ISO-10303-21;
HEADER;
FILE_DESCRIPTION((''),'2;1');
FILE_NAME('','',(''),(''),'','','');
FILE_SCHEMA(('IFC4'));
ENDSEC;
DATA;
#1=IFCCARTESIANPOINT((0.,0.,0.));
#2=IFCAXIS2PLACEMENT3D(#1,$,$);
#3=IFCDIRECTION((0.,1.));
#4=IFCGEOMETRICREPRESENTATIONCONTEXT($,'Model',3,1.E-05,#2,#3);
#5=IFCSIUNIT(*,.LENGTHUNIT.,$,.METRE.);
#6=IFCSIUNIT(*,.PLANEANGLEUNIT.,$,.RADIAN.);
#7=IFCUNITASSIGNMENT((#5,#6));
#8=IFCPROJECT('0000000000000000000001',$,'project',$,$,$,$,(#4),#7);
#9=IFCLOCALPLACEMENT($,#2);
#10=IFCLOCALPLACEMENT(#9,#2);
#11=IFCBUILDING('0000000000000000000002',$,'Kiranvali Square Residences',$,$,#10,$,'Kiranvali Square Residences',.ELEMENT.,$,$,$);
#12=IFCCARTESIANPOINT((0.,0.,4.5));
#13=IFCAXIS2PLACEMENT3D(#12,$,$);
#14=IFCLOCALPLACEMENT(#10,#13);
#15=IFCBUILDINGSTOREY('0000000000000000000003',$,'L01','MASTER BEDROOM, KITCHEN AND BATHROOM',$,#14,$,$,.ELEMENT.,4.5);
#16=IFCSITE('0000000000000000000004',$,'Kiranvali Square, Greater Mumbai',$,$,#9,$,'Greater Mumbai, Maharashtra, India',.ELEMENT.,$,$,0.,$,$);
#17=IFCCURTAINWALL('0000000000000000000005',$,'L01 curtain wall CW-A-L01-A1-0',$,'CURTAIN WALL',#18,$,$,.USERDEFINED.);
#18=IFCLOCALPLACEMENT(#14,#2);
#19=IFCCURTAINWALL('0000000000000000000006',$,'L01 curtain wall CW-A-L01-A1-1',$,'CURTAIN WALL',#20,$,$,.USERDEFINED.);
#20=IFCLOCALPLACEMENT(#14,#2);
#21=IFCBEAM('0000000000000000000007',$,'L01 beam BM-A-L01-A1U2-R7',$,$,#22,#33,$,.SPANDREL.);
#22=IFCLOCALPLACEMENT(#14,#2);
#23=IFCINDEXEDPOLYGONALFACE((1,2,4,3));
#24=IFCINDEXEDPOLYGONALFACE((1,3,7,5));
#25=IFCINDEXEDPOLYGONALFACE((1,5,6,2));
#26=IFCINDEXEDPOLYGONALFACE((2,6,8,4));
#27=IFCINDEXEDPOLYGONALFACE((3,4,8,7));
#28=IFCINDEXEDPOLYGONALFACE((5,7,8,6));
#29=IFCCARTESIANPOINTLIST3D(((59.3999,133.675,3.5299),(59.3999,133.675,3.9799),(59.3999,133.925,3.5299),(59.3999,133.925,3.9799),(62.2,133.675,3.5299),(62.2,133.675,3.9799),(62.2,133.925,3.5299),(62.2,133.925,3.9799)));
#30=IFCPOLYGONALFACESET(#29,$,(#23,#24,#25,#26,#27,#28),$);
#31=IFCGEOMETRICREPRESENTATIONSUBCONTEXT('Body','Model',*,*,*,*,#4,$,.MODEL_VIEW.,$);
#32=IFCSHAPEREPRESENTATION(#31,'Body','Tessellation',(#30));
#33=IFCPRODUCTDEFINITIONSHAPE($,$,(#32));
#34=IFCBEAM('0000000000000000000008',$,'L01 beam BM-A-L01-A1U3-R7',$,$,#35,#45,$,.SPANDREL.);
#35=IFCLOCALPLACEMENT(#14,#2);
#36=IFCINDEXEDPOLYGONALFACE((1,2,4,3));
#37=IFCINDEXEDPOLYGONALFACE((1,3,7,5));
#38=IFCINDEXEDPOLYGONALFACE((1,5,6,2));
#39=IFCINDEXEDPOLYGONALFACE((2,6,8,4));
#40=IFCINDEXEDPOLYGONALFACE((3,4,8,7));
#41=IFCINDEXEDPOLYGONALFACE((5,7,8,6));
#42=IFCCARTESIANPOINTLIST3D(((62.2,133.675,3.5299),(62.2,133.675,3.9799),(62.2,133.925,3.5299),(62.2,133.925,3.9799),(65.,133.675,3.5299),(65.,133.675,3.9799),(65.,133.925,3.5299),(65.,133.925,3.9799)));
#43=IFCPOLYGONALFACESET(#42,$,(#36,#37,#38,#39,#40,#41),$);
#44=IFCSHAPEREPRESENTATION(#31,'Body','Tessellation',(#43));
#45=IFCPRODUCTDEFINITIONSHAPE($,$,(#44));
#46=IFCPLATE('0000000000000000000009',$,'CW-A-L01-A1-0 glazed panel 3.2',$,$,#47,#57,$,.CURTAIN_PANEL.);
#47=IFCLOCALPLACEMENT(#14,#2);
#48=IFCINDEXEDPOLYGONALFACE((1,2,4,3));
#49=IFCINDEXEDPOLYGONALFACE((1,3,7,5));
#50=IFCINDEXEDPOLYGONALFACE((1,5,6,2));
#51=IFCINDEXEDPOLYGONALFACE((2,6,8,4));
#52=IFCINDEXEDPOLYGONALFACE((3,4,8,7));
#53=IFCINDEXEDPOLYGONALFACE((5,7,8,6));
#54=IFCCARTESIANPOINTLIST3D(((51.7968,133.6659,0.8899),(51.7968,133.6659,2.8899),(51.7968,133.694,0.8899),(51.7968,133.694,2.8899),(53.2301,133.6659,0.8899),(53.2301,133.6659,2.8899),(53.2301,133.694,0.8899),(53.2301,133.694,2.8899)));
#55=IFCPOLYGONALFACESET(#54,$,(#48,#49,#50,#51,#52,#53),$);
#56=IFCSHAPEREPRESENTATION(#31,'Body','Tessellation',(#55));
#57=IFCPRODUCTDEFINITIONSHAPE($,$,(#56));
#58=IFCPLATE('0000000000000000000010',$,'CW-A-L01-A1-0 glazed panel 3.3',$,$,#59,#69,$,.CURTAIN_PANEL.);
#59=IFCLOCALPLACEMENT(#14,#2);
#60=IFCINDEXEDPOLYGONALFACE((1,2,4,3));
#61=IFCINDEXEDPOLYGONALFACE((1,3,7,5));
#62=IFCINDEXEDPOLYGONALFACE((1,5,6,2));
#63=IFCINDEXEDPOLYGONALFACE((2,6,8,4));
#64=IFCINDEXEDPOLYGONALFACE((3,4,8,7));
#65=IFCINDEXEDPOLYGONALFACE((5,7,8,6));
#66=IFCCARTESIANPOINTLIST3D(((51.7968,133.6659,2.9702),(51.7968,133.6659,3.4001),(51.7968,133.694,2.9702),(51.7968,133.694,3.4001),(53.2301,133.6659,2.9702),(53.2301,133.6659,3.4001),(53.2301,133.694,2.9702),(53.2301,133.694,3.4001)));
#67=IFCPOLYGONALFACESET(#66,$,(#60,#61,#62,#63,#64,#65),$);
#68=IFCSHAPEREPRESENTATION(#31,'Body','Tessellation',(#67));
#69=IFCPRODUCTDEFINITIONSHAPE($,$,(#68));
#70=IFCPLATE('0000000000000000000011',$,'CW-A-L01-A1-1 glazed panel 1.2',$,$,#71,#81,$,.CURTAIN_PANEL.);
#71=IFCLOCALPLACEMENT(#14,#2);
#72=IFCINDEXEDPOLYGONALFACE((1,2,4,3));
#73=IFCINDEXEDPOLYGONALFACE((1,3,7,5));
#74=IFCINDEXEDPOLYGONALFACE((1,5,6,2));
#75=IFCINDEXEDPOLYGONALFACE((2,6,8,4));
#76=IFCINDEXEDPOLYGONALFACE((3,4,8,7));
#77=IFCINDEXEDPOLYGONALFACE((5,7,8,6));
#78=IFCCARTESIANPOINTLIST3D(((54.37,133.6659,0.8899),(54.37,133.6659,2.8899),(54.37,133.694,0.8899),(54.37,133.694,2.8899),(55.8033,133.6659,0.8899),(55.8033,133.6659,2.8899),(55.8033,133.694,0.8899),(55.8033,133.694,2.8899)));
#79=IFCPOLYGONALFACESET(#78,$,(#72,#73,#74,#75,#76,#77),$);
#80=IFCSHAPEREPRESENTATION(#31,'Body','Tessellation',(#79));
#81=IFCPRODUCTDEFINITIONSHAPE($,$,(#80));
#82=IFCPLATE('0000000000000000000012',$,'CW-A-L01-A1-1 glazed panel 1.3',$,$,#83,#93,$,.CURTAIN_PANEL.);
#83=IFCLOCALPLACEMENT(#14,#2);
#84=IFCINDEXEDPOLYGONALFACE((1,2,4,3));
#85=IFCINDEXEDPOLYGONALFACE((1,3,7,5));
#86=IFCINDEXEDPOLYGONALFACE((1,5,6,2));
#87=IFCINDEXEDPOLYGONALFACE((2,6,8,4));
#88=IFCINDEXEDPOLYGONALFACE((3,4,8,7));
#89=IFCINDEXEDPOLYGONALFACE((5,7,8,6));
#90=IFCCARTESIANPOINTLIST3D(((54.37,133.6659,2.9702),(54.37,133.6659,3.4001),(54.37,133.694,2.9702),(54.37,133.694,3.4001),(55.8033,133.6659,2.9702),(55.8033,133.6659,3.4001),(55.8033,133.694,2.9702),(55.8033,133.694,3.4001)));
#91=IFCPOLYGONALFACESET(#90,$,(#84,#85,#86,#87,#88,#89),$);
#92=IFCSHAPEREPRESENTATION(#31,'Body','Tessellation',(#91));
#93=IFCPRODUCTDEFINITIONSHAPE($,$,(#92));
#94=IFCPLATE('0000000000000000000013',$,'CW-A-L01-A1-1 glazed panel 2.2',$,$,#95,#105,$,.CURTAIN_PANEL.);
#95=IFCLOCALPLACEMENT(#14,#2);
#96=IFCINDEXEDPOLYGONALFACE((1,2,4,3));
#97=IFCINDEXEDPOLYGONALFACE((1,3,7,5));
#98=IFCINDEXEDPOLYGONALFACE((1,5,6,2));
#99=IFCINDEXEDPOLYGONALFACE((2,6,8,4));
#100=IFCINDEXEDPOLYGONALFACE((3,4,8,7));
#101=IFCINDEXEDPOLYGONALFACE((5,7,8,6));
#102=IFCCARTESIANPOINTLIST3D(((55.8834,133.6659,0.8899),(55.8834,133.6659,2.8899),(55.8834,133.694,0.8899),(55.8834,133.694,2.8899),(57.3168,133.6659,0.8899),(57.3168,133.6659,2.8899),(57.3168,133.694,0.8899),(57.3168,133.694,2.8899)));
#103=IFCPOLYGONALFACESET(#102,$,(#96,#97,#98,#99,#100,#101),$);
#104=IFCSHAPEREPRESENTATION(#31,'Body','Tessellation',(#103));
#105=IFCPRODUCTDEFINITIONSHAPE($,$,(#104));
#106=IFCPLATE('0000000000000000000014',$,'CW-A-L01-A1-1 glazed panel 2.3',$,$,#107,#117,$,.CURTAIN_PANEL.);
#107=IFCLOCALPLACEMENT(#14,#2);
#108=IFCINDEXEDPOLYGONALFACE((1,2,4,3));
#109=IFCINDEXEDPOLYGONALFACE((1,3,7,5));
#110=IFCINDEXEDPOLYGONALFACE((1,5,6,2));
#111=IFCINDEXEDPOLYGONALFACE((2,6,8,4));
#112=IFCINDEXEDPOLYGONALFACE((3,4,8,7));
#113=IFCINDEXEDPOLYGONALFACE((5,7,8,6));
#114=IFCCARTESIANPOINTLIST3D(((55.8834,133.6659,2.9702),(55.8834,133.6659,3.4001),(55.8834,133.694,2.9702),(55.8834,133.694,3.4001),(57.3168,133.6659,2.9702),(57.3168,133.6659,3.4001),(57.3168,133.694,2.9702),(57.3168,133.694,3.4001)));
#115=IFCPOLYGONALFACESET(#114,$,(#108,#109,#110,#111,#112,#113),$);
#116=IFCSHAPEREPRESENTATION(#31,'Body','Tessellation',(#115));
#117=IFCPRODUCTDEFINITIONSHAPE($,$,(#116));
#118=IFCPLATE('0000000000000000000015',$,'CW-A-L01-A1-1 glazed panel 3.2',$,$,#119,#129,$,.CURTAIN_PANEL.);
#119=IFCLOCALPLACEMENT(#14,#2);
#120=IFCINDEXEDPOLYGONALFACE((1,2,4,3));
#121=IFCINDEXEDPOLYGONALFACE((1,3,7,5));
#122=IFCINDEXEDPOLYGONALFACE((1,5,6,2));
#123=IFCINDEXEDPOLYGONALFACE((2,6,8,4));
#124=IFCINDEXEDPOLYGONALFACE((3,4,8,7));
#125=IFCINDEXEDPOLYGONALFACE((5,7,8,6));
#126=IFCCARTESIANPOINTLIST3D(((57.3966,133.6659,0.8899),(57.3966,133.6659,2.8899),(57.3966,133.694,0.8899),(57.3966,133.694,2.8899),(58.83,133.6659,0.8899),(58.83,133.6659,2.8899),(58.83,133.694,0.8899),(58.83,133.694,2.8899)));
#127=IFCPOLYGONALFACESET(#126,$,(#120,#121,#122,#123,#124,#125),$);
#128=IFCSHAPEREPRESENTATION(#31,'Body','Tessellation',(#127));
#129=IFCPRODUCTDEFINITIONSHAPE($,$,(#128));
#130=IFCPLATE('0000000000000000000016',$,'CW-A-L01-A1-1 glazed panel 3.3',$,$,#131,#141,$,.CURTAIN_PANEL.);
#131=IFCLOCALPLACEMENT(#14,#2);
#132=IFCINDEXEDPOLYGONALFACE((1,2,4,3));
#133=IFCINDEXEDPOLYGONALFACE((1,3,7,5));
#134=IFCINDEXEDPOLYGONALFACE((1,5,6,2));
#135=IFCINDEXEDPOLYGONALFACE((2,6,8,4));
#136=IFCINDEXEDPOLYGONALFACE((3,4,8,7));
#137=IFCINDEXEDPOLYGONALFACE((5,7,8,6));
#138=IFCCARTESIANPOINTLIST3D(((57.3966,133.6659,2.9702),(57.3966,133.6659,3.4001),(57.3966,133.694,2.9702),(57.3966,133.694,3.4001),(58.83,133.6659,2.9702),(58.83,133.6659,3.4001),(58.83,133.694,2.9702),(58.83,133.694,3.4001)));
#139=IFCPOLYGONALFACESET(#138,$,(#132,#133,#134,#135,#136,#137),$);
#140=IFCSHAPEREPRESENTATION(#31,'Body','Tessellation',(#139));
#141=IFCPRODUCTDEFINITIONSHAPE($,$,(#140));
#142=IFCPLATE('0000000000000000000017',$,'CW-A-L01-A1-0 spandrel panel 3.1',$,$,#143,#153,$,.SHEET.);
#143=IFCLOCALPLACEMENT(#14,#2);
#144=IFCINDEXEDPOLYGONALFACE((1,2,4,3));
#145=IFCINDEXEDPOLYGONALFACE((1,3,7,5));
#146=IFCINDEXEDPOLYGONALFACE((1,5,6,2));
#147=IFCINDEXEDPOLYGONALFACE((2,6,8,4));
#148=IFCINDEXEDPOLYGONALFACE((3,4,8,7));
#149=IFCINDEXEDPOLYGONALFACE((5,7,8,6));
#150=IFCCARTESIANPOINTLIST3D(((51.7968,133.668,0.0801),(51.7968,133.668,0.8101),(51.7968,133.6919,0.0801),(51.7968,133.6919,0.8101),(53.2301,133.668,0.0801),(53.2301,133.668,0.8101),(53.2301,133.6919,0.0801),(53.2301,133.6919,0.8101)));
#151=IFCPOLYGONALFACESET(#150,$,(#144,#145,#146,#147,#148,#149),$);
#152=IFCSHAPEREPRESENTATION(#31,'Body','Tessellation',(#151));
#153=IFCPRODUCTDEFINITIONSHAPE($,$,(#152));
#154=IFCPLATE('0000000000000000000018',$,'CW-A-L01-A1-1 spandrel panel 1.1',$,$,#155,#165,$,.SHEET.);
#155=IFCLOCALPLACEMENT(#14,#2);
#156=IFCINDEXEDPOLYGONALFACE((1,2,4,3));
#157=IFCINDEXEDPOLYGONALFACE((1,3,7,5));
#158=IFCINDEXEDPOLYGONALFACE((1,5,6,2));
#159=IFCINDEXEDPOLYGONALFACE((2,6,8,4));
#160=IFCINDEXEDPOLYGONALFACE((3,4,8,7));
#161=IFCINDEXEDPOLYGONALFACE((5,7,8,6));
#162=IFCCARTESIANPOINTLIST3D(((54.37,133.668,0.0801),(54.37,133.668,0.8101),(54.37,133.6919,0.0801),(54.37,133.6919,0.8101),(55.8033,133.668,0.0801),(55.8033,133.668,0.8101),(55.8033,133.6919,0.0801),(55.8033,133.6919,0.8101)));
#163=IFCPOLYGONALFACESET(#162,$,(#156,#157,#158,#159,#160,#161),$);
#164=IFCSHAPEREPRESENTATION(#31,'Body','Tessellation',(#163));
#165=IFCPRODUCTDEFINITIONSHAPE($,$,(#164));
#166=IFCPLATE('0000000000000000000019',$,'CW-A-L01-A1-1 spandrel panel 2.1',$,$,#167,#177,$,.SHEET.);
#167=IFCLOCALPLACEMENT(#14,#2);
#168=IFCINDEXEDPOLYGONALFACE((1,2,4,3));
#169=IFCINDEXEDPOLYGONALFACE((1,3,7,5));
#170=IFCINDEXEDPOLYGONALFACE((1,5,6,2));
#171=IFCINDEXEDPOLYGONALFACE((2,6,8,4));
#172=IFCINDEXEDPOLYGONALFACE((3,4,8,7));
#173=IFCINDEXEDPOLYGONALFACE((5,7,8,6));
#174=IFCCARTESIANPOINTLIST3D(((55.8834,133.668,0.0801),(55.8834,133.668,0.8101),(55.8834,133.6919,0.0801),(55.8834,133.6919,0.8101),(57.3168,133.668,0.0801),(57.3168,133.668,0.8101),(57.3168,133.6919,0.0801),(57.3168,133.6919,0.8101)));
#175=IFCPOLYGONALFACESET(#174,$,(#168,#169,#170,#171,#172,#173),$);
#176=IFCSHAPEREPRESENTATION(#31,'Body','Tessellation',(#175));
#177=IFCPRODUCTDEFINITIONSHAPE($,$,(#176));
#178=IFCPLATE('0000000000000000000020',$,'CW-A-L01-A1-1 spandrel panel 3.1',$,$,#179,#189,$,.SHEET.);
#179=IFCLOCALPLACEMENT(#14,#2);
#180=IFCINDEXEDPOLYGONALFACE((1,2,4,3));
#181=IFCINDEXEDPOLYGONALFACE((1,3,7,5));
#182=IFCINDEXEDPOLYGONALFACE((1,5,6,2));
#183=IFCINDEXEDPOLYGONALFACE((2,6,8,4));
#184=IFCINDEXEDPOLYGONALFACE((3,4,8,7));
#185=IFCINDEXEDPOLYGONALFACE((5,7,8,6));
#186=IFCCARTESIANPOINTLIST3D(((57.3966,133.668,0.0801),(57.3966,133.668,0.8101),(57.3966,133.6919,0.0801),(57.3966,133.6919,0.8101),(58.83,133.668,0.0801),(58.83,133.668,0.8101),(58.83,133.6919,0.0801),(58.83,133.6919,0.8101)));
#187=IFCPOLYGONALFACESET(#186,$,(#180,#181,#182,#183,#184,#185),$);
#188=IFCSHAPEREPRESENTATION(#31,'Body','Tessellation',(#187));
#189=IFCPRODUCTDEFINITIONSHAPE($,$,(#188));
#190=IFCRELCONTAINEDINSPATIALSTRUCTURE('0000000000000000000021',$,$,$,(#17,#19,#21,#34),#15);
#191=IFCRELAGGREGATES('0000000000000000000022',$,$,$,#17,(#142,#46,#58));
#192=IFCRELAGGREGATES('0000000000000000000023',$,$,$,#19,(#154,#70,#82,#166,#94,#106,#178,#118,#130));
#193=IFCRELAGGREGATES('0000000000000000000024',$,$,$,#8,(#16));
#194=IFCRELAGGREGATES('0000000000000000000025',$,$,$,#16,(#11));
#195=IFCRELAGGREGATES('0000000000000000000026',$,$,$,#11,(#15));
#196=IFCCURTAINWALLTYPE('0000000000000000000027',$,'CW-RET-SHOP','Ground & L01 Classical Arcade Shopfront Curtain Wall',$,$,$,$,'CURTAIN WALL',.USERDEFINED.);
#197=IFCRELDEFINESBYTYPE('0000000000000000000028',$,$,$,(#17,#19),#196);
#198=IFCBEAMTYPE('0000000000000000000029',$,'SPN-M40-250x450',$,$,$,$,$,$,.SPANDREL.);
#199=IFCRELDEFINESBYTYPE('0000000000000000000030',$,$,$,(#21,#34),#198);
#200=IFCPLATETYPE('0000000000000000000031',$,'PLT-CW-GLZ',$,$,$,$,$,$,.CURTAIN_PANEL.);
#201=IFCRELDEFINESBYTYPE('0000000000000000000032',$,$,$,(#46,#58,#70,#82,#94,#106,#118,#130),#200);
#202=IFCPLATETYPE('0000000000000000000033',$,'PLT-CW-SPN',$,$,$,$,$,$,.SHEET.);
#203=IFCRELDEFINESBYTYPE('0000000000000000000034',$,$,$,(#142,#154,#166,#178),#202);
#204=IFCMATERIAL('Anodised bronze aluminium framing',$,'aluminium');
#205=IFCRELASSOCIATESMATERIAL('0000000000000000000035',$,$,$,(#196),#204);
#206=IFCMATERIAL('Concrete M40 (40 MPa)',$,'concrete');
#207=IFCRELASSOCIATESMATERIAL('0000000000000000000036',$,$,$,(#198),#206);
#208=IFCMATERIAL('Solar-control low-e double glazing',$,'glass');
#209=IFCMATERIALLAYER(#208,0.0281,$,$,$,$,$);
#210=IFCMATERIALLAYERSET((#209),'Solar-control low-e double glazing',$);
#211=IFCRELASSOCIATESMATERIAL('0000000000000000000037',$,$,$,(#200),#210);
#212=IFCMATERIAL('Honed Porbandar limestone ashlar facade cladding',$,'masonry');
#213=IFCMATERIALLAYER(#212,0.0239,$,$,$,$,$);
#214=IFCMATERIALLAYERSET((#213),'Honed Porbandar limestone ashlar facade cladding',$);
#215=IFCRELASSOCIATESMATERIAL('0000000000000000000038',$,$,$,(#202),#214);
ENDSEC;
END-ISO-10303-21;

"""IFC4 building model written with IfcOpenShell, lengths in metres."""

from ifc_helpers import new_model, si_unit, direction, frame, origin, origin_2d, place, context, subcontext, project, spatial, rectangle, extrude, material, layer, layer_set, material_profile, profile_set, type_object, element, aggregate, save


model = new_model("IFC4")

# Units and contexts
model_context = context("Model", 3, precision=1e-05, world=origin(), true_north=direction((0.0, 1.0)))
body_context = subcontext(model_context, "Body", "Model", "MODEL_VIEW")
ifc_project = project(units=[si_unit("LENGTHUNIT", "METRE"), si_unit("PLANEANGLEUNIT", "RADIAN")], contexts=[model_context])

# Site, building, storey
site_placement = place(None, origin())
site = spatial("IfcSite", under=ifc_project, at=site_placement, Name="Kiranvali Square, Greater Mumbai", LongName="Greater Mumbai, Maharashtra, India", CompositionType="ELEMENT", RefElevation=0.0)
building_placement = place(site_placement, origin())
building = spatial("IfcBuilding", under=site, at=building_placement, Name="Kiranvali Square Residences", LongName="Kiranvali Square Residences", CompositionType="ELEMENT")
storey_placement = place(building_placement, frame((0.0, 0.0, 4.5)))
storey = spatial("IfcBuildingStorey", under=building, at=storey_placement, Name="L01", Description="MASTER BEDROOM, KITCHEN AND BATHROOM", CompositionType="ELEMENT", Elevation=4.5)

# Shared definitions
ifc_material_1 = material(Name="Concrete M40 (40 MPa)", Category="concrete")

# Curtain wall
ifc_material_2 = material(Name="Anodised bronze aluminium framing", Category="aluminium")
curtain_wall_type = type_object("IfcCurtainWallType", Name="CW-RET-SHOP", Description="Ground & L01 Classical Arcade Shopfront Curtain Wall", ElementType="CURTAIN WALL", PredefinedType="USERDEFINED", material=ifc_material_2)
curtain_wall_1_placement = place(storey_placement, origin())
curtain_wall_1 = element("IfcCurtainWall", 1, at=curtain_wall_1_placement, inside=storey, type_object=curtain_wall_type, Name="L01 curtain wall CW-A-L01-A1-0", ObjectType="CURTAIN WALL", PredefinedType="USERDEFINED")

# Curtain wall
curtain_wall_2_placement = place(storey_placement, origin())
curtain_wall_2 = element("IfcCurtainWall", 2, at=curtain_wall_2_placement, inside=storey, type_object=curtain_wall_type, Name="L01 curtain wall CW-A-L01-A1-1", ObjectType="CURTAIN WALL", PredefinedType="USERDEFINED")

# Beams
ifc_material_profile_1 = material_profile(ifc_material_1, rectangle(XDim=0.25, YDim=0.45, at=origin_2d()), Name="RC 250x450")
ifc_profile_set_1 = profile_set([ifc_material_profile_1], Name="Concrete M40 (40 MPa)")
beam_type_1 = type_object("IfcBeamType", Name="SPN-M40-250x450", PredefinedType="SPANDREL", material=ifc_profile_set_1)
for number, where, z_axis, x_axis, name in (
    (3, (59.3999, 133.8, 3.7549), (1.0, 0.0, 0.0), (0.0, 1.0, 0.0), "L01 beam BM-A-L01-A1U2-R7"),
    (4, (62.2, 133.8, 3.7549), (1.0, 0.0, 0.0), (0.0, 1.0, 0.0), "L01 beam BM-A-L01-A1U3-R7"),
):
    element("IfcBeam", number, at=place(storey_placement, frame(where, z_axis=z_axis, x_axis=x_axis)), inside=storey, type_object=beam_type_1, Name=name, PredefinedType="SPANDREL", context=body_context, shape_type="SweptSolid", body=[
        extrude(rectangle(XDim=0.25, YDim=0.45, at=origin_2d()), origin(), (0.0, 0.0, 1.0), 2.8),
    ])

# Plates
ifc_material_3 = material(Name="Solar-control low-e double glazing", Category="glass")
ifc_layer_1 = layer(ifc_material_3, 0.0281)
ifc_layer_set_1 = layer_set([ifc_layer_1], Name="Solar-control low-e double glazing")
plate_type_1 = type_object("IfcPlateType", Name="PLT-CW-GLZ", PredefinedType="CURTAIN_PANEL", material=ifc_layer_set_1)
plate_1_placement = place(storey_placement, frame((52.5134, 133.6799, 0.8899), z_axis=(0.0, 0.0, 1.0), x_axis=(1.0, 0.0, 0.0)))
plate_1 = element("IfcPlate", 5, at=plate_1_placement, type_object=plate_type_1, Name="CW-A-L01-A1-0 glazed panel 3.2", PredefinedType="CURTAIN_PANEL", context=body_context, shape_type="SweptSolid", body=[
    extrude(rectangle(XDim=1.4333, YDim=0.0281, at=origin_2d()), origin(), (0.0, 0.0, 1.0), 2.0),
])
plate_2_placement = place(storey_placement, frame((52.5134, 133.6799, 2.9702), z_axis=(0.0, 0.0, 1.0), x_axis=(1.0, 0.0, 0.0)))
plate_2 = element("IfcPlate", 6, at=plate_2_placement, type_object=plate_type_1, Name="CW-A-L01-A1-0 glazed panel 3.3", PredefinedType="CURTAIN_PANEL", context=body_context, shape_type="SweptSolid", body=[
    extrude(rectangle(XDim=1.4333, YDim=0.0281, at=origin_2d()), origin(), (0.0, 0.0, 1.0), 0.4299),
])
plate_3_placement = place(storey_placement, frame((55.0867, 133.6799, 0.8899), z_axis=(0.0, 0.0, 1.0), x_axis=(1.0, 0.0, 0.0)))
plate_3 = element("IfcPlate", 7, at=plate_3_placement, type_object=plate_type_1, Name="CW-A-L01-A1-1 glazed panel 1.2", PredefinedType="CURTAIN_PANEL", context=body_context, shape_type="SweptSolid", body=[
    extrude(rectangle(XDim=1.4333, YDim=0.0281, at=origin_2d()), origin(), (0.0, 0.0, 1.0), 2.0),
])
plate_4_placement = place(storey_placement, frame((55.0867, 133.6799, 2.9702), z_axis=(0.0, 0.0, 1.0), x_axis=(1.0, 0.0, 0.0)))
plate_4 = element("IfcPlate", 8, at=plate_4_placement, type_object=plate_type_1, Name="CW-A-L01-A1-1 glazed panel 1.3", PredefinedType="CURTAIN_PANEL", context=body_context, shape_type="SweptSolid", body=[
    extrude(rectangle(XDim=1.4333, YDim=0.0281, at=origin_2d()), origin(), (0.0, 0.0, 1.0), 0.4299),
])
plate_5_placement = place(storey_placement, frame((56.6001, 133.6799, 0.8899), z_axis=(0.0, 0.0, 1.0), x_axis=(1.0, 0.0, 0.0)))
plate_5 = element("IfcPlate", 9, at=plate_5_placement, type_object=plate_type_1, Name="CW-A-L01-A1-1 glazed panel 2.2", PredefinedType="CURTAIN_PANEL", context=body_context, shape_type="SweptSolid", body=[
    extrude(rectangle(XDim=1.4333, YDim=0.0281, at=origin_2d()), origin(), (0.0, 0.0, 1.0), 2.0),
])
plate_6_placement = place(storey_placement, frame((56.6001, 133.6799, 2.9702), z_axis=(0.0, 0.0, 1.0), x_axis=(1.0, 0.0, 0.0)))
plate_6 = element("IfcPlate", 10, at=plate_6_placement, type_object=plate_type_1, Name="CW-A-L01-A1-1 glazed panel 2.3", PredefinedType="CURTAIN_PANEL", context=body_context, shape_type="SweptSolid", body=[
    extrude(rectangle(XDim=1.4333, YDim=0.0281, at=origin_2d()), origin(), (0.0, 0.0, 1.0), 0.4299),
])
plate_7_placement = place(storey_placement, frame((58.1133, 133.6799, 0.8899), z_axis=(0.0, 0.0, 1.0), x_axis=(1.0, 0.0, 0.0)))
plate_7 = element("IfcPlate", 11, at=plate_7_placement, type_object=plate_type_1, Name="CW-A-L01-A1-1 glazed panel 3.2", PredefinedType="CURTAIN_PANEL", context=body_context, shape_type="SweptSolid", body=[
    extrude(rectangle(XDim=1.4333, YDim=0.0281, at=origin_2d()), origin(), (0.0, 0.0, 1.0), 2.0),
])
plate_8_placement = place(storey_placement, frame((58.1133, 133.6799, 2.9702), z_axis=(0.0, 0.0, 1.0), x_axis=(1.0, 0.0, 0.0)))
plate_8 = element("IfcPlate", 12, at=plate_8_placement, type_object=plate_type_1, Name="CW-A-L01-A1-1 glazed panel 3.3", PredefinedType="CURTAIN_PANEL", context=body_context, shape_type="SweptSolid", body=[
    extrude(rectangle(XDim=1.4333, YDim=0.0281, at=origin_2d()), origin(), (0.0, 0.0, 1.0), 0.4299),
])
ifc_material_4 = material(Name="Honed Porbandar limestone ashlar facade cladding", Category="masonry")
ifc_layer_2 = layer(ifc_material_4, 0.0239)
ifc_layer_set_2 = layer_set([ifc_layer_2], Name="Honed Porbandar limestone ashlar facade cladding")
plate_type_2 = type_object("IfcPlateType", Name="PLT-CW-SPN", PredefinedType="SHEET", material=ifc_layer_set_2)
plate_9_placement = place(storey_placement, frame((52.5134, 133.6799, 0.0801), z_axis=(0.0, 0.0, 1.0), x_axis=(1.0, 0.0, 0.0)))
plate_9 = element("IfcPlate", 13, at=plate_9_placement, type_object=plate_type_2, Name="CW-A-L01-A1-0 spandrel panel 3.1", PredefinedType="SHEET", context=body_context, shape_type="SweptSolid", body=[
    extrude(rectangle(XDim=1.4333, YDim=0.0239, at=origin_2d()), origin(), (0.0, 0.0, 1.0), 0.73),
])
aggregate(curtain_wall_1, [plate_9, plate_1, plate_2])
plate_10_placement = place(storey_placement, frame((55.0867, 133.6799, 0.0801), z_axis=(0.0, 0.0, 1.0), x_axis=(1.0, 0.0, 0.0)))
plate_10 = element("IfcPlate", 14, at=plate_10_placement, type_object=plate_type_2, Name="CW-A-L01-A1-1 spandrel panel 1.1", PredefinedType="SHEET", context=body_context, shape_type="SweptSolid", body=[
    extrude(rectangle(XDim=1.4333, YDim=0.0239, at=origin_2d()), origin(), (0.0, 0.0, 1.0), 0.73),
])
plate_11_placement = place(storey_placement, frame((56.6001, 133.6799, 0.0801), z_axis=(0.0, 0.0, 1.0), x_axis=(1.0, 0.0, 0.0)))
plate_11 = element("IfcPlate", 15, at=plate_11_placement, type_object=plate_type_2, Name="CW-A-L01-A1-1 spandrel panel 2.1", PredefinedType="SHEET", context=body_context, shape_type="SweptSolid", body=[
    extrude(rectangle(XDim=1.4333, YDim=0.0239, at=origin_2d()), origin(), (0.0, 0.0, 1.0), 0.73),
])
plate_12_placement = place(storey_placement, frame((58.1133, 133.6799, 0.0801), z_axis=(0.0, 0.0, 1.0), x_axis=(1.0, 0.0, 0.0)))
plate_12 = element("IfcPlate", 16, at=plate_12_placement, type_object=plate_type_2, Name="CW-A-L01-A1-1 spandrel panel 3.1", PredefinedType="SHEET", context=body_context, shape_type="SweptSolid", body=[
    extrude(rectangle(XDim=1.4333, YDim=0.0239, at=origin_2d()), origin(), (0.0, 0.0, 1.0), 0.73),
])
aggregate(curtain_wall_2, [plate_10, plate_3, plate_4, plate_11, plate_5, plate_6, plate_12, plate_7, plate_8])

save(model, "model.ifc")
